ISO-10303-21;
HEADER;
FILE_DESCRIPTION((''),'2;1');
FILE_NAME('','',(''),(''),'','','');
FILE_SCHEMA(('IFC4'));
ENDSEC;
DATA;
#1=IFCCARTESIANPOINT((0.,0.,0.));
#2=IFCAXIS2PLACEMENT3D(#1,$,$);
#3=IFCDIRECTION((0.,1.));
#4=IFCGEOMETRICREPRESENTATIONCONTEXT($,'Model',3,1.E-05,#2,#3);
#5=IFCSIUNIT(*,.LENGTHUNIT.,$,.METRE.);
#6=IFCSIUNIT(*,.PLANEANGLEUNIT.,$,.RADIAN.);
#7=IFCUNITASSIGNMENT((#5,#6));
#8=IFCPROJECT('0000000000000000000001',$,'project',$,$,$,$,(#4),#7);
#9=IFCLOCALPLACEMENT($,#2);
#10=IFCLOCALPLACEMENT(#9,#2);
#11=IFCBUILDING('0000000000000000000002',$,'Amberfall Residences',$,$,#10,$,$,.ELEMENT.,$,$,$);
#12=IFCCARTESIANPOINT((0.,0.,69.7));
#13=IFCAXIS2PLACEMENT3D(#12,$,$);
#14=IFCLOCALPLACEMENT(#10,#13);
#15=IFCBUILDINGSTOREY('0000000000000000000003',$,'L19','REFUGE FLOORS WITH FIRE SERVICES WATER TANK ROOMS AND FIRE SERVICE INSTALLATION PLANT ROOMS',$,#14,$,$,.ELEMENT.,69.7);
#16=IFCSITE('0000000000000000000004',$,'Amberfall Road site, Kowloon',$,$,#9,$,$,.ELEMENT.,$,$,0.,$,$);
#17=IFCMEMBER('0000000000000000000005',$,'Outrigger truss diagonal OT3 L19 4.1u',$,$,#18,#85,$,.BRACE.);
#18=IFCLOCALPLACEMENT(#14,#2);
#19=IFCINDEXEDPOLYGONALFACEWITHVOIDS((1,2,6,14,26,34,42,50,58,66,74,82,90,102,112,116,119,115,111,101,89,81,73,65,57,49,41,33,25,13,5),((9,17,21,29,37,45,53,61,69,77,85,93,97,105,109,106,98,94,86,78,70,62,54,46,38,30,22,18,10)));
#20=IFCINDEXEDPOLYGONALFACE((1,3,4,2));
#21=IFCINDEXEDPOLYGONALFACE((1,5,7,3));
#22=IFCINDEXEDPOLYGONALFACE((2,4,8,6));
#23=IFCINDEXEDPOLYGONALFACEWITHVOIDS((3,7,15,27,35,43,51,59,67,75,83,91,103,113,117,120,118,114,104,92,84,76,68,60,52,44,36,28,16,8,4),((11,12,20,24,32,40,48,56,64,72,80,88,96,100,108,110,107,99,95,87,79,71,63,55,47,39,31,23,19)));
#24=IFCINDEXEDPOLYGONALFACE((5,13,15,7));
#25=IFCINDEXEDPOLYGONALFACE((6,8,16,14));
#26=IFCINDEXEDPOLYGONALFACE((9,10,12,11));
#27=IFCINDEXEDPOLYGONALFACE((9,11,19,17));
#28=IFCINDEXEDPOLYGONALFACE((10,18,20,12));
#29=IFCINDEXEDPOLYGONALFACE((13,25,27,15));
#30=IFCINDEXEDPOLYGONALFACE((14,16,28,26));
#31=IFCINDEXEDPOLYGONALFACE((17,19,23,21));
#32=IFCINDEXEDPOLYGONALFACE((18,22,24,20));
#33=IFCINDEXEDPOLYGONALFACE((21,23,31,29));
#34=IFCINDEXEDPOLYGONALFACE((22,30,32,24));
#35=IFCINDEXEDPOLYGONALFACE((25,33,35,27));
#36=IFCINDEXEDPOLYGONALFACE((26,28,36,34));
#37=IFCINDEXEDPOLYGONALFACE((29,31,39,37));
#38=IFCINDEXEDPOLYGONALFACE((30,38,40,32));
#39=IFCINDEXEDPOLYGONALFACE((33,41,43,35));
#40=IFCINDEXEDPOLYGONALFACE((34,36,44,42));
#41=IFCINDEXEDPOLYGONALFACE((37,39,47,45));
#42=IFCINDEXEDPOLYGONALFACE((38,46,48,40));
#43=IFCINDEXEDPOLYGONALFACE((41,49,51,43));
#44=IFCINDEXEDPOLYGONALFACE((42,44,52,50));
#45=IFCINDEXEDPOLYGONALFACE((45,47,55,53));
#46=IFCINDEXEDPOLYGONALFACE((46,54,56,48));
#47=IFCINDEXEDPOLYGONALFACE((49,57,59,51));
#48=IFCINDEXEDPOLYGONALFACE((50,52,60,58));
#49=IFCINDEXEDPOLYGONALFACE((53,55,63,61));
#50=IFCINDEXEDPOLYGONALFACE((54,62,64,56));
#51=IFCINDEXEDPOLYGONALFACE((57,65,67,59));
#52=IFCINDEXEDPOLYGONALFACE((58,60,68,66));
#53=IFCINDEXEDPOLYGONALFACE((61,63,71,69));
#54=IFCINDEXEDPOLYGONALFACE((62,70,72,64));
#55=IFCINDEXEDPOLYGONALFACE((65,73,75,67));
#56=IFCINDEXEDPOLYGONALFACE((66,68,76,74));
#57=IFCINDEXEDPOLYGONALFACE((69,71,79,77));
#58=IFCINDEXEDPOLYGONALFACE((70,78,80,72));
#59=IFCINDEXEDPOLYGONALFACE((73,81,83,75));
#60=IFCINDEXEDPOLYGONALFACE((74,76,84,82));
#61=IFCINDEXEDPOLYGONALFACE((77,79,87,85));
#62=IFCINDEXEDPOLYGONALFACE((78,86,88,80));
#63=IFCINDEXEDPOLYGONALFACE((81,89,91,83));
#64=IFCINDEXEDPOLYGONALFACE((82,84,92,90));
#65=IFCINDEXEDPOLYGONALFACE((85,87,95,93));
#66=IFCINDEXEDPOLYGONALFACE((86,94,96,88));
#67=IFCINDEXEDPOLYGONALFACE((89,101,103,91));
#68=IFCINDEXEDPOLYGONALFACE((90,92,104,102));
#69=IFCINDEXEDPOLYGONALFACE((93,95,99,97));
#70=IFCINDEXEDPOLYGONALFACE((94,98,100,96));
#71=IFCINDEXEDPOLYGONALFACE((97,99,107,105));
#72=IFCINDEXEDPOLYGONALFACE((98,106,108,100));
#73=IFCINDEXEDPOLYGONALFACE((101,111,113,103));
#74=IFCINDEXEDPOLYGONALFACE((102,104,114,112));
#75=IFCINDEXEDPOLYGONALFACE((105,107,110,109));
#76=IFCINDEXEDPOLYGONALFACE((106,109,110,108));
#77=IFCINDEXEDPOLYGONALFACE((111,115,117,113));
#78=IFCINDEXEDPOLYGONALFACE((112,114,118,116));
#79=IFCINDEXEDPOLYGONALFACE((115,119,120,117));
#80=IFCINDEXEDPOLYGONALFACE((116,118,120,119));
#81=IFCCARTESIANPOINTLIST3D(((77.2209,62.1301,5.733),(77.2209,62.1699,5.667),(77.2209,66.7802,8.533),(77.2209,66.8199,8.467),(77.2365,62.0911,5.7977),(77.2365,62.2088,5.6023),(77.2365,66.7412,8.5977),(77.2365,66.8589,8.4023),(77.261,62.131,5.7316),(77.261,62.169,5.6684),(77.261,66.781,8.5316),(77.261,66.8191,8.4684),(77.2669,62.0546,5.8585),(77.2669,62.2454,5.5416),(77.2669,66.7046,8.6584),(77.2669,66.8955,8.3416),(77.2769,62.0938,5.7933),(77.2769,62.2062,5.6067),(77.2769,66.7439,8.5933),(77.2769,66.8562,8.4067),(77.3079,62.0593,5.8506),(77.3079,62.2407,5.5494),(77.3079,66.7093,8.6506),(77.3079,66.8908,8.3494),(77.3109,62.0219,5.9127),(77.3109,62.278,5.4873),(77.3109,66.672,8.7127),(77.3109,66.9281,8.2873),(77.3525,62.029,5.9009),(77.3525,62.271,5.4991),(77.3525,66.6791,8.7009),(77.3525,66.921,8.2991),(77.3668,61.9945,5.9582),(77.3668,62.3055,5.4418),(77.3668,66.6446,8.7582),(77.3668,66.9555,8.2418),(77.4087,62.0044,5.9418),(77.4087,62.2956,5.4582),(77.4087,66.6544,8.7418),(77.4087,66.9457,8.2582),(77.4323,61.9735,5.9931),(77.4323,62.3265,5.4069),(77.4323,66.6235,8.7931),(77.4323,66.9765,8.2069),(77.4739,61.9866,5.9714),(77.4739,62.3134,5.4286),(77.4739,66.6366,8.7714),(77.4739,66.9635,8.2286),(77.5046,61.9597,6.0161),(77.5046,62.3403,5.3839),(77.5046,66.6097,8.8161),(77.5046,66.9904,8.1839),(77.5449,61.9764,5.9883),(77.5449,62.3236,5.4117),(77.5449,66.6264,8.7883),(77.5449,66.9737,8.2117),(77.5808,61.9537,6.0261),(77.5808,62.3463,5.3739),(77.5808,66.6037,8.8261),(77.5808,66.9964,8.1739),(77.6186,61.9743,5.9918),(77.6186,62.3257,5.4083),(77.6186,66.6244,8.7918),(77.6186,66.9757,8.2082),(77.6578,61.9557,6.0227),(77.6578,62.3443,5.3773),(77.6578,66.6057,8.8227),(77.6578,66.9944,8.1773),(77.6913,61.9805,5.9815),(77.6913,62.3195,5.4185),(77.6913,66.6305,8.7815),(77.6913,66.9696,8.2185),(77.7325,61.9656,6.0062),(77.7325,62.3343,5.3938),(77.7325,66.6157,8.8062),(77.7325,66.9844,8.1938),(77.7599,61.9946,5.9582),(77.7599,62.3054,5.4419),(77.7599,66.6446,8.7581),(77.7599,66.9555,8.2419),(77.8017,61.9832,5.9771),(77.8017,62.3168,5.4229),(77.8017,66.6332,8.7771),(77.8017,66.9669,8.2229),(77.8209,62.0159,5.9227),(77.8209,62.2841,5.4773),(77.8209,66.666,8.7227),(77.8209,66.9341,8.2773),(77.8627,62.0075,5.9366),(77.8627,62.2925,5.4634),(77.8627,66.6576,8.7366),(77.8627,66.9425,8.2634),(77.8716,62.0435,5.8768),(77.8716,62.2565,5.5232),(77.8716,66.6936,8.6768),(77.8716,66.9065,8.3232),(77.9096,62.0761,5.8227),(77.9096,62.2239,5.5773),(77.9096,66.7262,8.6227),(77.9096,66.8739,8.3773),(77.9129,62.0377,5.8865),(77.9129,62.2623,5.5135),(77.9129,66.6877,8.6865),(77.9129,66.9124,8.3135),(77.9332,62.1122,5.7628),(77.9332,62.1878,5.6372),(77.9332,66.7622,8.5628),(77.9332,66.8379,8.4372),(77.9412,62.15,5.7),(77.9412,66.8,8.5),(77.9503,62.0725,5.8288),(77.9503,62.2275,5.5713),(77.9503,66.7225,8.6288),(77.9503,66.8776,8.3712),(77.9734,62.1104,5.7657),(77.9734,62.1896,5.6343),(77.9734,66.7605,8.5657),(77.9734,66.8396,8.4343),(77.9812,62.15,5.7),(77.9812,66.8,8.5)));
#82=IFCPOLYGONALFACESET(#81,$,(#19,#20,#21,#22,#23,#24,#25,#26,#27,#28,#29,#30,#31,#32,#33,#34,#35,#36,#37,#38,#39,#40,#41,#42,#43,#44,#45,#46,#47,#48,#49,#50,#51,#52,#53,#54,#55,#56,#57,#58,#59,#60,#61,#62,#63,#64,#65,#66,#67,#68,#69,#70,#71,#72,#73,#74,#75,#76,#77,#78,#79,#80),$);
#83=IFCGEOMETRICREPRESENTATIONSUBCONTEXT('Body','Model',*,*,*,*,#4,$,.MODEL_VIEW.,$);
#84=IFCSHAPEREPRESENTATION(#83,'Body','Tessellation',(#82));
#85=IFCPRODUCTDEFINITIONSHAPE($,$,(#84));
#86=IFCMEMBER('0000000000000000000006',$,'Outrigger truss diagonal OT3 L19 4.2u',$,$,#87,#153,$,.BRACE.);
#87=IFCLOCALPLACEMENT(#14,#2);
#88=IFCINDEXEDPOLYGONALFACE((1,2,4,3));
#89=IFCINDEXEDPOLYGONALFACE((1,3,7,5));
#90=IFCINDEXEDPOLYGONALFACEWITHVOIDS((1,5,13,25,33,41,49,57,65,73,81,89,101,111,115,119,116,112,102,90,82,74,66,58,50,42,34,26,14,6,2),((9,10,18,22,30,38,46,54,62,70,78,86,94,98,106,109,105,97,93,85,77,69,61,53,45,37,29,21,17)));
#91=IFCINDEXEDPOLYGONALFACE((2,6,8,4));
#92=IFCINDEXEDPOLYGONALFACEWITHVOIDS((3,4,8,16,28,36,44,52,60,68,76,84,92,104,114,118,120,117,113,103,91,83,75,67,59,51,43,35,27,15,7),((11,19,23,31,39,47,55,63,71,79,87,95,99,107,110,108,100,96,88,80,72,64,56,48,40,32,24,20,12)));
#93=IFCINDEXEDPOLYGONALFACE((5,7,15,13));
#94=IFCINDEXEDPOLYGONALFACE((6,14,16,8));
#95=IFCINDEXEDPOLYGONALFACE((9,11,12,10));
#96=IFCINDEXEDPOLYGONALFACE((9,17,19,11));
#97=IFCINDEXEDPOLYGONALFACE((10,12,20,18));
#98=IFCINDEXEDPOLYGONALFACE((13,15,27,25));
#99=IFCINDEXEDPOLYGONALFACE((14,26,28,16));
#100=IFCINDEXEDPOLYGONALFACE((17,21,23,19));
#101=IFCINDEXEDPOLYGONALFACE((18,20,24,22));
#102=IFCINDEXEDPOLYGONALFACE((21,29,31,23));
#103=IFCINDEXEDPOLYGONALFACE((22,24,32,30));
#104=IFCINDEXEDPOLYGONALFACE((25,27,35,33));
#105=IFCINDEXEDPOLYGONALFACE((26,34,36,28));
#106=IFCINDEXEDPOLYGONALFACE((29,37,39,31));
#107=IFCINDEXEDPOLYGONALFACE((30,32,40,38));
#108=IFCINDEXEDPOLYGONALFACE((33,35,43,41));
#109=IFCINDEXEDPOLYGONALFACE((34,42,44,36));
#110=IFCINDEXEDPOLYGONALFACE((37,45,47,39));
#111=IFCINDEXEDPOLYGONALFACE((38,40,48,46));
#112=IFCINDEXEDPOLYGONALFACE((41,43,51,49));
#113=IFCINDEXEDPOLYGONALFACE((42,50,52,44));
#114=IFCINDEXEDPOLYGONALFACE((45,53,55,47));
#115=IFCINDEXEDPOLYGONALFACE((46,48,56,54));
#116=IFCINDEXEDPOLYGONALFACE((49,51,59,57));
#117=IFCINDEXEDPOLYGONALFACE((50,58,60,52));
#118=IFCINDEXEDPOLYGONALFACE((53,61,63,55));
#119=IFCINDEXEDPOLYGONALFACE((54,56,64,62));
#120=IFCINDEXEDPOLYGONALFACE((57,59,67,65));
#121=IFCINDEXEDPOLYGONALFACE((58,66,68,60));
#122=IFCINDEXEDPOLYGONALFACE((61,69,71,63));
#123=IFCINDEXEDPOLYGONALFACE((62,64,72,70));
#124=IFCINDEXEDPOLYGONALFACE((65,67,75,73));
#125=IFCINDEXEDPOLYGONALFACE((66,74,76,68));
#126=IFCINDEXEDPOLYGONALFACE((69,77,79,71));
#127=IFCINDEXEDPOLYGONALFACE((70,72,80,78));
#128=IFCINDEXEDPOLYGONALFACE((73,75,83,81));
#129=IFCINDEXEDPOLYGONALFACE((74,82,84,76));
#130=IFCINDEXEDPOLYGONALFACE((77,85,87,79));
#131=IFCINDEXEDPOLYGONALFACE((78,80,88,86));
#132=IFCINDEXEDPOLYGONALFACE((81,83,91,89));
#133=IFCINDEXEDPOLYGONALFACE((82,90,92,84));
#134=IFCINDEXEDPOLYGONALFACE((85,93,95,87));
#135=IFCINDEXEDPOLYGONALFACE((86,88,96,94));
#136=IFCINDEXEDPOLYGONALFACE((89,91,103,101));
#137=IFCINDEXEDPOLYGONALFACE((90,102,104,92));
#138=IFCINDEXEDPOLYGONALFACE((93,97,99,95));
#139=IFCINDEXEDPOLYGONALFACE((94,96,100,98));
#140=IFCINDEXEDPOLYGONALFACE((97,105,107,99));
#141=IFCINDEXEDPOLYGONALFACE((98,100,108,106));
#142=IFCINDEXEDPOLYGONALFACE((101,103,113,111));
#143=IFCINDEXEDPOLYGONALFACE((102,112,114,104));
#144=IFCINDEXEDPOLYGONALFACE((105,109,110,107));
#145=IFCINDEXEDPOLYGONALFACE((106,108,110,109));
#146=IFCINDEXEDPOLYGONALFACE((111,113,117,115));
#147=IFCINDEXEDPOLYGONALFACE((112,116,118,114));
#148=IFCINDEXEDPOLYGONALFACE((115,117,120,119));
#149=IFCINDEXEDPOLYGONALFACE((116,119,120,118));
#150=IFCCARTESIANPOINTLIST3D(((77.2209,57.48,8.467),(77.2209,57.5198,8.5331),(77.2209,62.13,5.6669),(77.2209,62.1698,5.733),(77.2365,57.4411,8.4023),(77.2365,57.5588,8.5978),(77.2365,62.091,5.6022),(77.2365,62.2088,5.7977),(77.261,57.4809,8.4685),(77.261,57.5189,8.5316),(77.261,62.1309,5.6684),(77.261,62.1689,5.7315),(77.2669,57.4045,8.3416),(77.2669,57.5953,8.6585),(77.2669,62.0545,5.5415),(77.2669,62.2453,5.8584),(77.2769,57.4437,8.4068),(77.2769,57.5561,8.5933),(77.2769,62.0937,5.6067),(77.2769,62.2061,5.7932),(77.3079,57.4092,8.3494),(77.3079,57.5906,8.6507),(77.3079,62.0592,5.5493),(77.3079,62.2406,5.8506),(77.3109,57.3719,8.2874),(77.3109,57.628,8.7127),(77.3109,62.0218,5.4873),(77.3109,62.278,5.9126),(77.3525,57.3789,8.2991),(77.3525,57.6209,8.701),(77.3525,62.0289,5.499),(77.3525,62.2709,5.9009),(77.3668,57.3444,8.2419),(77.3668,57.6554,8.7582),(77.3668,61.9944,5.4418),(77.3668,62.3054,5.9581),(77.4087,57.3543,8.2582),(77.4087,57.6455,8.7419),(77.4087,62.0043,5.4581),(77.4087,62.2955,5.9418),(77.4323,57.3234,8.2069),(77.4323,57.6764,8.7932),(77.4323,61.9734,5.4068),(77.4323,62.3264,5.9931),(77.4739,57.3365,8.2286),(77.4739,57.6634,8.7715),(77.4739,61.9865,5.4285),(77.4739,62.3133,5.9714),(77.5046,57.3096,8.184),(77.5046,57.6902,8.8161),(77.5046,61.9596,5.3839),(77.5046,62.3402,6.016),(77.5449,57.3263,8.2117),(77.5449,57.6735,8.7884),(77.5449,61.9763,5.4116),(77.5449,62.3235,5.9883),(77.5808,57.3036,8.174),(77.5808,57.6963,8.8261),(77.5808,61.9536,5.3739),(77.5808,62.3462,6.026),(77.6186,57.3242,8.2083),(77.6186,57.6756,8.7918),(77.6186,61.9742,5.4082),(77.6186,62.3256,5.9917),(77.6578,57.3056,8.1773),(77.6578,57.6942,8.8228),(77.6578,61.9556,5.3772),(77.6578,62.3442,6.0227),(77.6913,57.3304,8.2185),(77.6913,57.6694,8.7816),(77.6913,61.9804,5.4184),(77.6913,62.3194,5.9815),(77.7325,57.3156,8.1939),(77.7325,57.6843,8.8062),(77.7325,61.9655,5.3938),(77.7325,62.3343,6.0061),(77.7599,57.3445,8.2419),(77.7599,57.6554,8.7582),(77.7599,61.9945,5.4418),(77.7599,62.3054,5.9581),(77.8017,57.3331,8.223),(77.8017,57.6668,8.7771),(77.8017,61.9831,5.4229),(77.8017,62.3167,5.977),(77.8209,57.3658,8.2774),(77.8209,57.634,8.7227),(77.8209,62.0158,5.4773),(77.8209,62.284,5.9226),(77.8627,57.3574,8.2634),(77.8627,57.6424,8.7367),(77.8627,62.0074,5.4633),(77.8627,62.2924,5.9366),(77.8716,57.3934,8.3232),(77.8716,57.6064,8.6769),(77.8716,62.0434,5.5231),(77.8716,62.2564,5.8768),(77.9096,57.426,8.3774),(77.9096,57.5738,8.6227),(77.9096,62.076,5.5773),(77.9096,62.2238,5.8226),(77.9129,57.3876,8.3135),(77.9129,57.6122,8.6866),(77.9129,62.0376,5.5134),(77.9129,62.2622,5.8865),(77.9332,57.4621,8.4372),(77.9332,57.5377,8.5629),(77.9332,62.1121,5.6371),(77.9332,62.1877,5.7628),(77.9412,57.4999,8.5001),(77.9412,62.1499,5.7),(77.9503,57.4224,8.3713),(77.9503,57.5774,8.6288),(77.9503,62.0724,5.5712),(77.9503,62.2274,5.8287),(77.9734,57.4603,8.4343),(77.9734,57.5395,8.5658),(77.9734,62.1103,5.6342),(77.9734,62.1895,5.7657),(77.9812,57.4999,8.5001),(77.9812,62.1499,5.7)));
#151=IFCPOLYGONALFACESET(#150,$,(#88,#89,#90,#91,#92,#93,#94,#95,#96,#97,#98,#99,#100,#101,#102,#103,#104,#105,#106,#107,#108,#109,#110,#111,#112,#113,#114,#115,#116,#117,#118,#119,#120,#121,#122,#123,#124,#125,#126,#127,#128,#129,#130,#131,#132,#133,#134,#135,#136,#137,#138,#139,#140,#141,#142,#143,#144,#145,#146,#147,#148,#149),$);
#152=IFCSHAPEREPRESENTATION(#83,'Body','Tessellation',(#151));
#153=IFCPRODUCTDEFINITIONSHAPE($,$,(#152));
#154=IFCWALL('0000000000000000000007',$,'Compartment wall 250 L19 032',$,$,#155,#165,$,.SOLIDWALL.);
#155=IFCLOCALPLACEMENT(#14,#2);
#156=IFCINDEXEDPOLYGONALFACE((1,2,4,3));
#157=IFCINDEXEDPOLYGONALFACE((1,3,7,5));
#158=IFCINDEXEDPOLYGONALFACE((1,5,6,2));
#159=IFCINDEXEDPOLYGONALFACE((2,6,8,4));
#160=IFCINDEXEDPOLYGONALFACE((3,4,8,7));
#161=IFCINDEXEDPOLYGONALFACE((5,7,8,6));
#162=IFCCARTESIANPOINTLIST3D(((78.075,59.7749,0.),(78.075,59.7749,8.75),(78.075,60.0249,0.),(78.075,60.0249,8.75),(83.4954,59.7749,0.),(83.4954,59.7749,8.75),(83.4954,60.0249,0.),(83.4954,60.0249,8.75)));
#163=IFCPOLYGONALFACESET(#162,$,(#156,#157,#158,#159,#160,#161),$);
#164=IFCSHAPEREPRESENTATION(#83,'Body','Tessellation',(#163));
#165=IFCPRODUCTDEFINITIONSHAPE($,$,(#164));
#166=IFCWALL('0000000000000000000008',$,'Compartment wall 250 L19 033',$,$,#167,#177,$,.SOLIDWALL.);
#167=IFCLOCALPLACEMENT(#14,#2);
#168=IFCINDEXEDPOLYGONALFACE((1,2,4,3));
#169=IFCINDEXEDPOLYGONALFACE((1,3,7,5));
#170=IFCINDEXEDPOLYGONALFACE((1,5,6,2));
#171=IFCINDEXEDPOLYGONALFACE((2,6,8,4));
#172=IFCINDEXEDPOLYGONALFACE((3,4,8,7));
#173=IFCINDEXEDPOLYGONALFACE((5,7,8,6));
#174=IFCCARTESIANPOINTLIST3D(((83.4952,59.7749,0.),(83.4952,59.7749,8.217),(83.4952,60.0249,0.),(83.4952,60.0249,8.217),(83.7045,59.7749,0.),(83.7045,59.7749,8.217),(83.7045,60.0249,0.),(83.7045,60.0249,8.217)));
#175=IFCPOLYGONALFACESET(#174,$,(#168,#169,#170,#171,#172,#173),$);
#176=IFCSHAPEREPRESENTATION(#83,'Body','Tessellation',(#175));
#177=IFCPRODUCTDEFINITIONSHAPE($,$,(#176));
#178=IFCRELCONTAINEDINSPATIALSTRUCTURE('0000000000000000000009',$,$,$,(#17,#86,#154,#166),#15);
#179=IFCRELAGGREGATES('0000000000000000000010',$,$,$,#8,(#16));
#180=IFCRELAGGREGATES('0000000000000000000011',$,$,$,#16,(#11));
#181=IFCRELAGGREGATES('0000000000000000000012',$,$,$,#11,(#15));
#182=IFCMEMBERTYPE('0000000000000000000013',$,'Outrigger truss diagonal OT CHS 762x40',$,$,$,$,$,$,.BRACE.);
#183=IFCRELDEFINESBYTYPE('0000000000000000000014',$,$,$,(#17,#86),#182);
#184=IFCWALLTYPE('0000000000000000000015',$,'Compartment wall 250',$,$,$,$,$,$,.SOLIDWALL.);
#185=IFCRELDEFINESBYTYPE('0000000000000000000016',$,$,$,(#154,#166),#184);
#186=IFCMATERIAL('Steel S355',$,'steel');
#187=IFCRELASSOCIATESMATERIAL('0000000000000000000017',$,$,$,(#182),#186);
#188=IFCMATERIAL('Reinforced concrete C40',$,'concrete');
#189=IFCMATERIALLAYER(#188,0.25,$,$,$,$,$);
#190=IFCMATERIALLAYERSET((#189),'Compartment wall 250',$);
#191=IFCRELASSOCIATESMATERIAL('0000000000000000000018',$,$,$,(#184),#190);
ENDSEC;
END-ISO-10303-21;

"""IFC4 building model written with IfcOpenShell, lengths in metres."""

from ifc_helpers import new_model, si_unit, direction, frame, frame_2d, origin, origin_2d, place, context, subcontext, project, spatial, rectangle, hollow_circle, extrude, material, layer, layer_set, material_profile, profile_set, type_object, element, save


model = new_model("IFC4")

# Units and contexts
model_context = context("Model", 3, precision=1e-05, world=origin(), true_north=direction((0.0, 1.0)))
body_context = subcontext(model_context, "Body", "Model", "MODEL_VIEW")
ifc_project = project(units=[si_unit("LENGTHUNIT", "METRE"), si_unit("PLANEANGLEUNIT", "RADIAN")], contexts=[model_context])

# Site, building, storey
site_placement = place(None, origin())
site = spatial("IfcSite", under=ifc_project, at=site_placement, Name="Amberfall Road site, Kowloon", CompositionType="ELEMENT", RefElevation=0.0)
building_placement = place(site_placement, origin())
building = spatial("IfcBuilding", under=site, at=building_placement, Name="Amberfall Residences", CompositionType="ELEMENT")
storey_placement = place(building_placement, frame((0.0, 0.0, 69.7)))
storey = spatial("IfcBuildingStorey", under=building, at=storey_placement, Name="L19", Description="REFUGE FLOORS WITH FIRE SERVICES WATER TANK ROOMS AND FIRE SERVICE INSTALLATION PLANT ROOMS", CompositionType="ELEMENT", Elevation=69.7)

# Shared definitions
ifc_material_1 = material(Name="Steel S355", Category="steel")

# Members
ifc_material_profile_1 = material_profile(ifc_material_1, hollow_circle(Radius=0.3811, WallThickness=0.04, at=origin_2d()), Name="CHS 762x40")
ifc_profile_set_1 = profile_set([ifc_material_profile_1], Name="Steel S355")
member_type_1 = type_object("IfcMemberType", Name="Outrigger truss diagonal OT CHS 762x40", PredefinedType="BRACE", material=ifc_profile_set_1)
for number, where, z_axis, x_axis, name in (
    (1, (77.6001, 66.8, 8.5), (0.0, -0.856682, -0.515844), (1.0, 0.0, 0.0), "Outrigger truss diagonal OT3 L19 4.1u"),
    (2, (77.6001, 62.1499, 5.7), (0.0, -0.85667, 0.515864), (1.0, 0.0, 0.0), "Outrigger truss diagonal OT3 L19 4.2u"),
):
    element("IfcMember", number, at=place(storey_placement, frame(where, z_axis=z_axis, x_axis=x_axis)), inside=storey, type_object=member_type_1, Name=name, PredefinedType="BRACE", context=body_context, shape_type="SweptSolid", body=[
        extrude(hollow_circle(Radius=0.3811, WallThickness=0.04, at=origin_2d()), origin(), (0.0, 0.0, 1.0), 5.428),
    ])

# Walls
ifc_material_2 = material(Name="Reinforced concrete C40", Category="concrete")
ifc_layer = layer(ifc_material_2, 0.25)
ifc_layer_set = layer_set([ifc_layer], Name="Compartment wall 250")
wall_type = type_object("IfcWallType", Name="Compartment wall 250", PredefinedType="SOLIDWALL", material=ifc_layer_set)
wall_1_placement = place(storey_placement, frame((78.075, 59.8999, 0.0), z_axis=(0.0, 0.0, 1.0), x_axis=(1.0, 0.0, 0.0)))
element("IfcWall", 3, at=wall_1_placement, inside=storey, type_object=wall_type, Name="Compartment wall 250 L19 032", PredefinedType="SOLIDWALL", context=body_context, shape_type="SweptSolid", body=[
    extrude(rectangle(XDim=5.4204, YDim=0.25, at=frame_2d((2.7102, 0.0))), origin(), (0.0, 0.0, 1.0), 8.75),
])
wall_2_placement = place(storey_placement, frame((83.4954, 59.8999, 0.0), z_axis=(0.0, 0.0, 1.0), x_axis=(1.0, 0.0, 0.0)))
element("IfcWall", 4, at=wall_2_placement, inside=storey, type_object=wall_type, Name="Compartment wall 250 L19 033", PredefinedType="SOLIDWALL", context=body_context, shape_type="SweptSolid", body=[
    extrude(rectangle(XDim=0.2092, YDim=0.25, at=frame_2d((0.1045, 0.0))), origin(), (0.0, 0.0, 1.0), 8.217),
])

save(model, "model.ifc")
